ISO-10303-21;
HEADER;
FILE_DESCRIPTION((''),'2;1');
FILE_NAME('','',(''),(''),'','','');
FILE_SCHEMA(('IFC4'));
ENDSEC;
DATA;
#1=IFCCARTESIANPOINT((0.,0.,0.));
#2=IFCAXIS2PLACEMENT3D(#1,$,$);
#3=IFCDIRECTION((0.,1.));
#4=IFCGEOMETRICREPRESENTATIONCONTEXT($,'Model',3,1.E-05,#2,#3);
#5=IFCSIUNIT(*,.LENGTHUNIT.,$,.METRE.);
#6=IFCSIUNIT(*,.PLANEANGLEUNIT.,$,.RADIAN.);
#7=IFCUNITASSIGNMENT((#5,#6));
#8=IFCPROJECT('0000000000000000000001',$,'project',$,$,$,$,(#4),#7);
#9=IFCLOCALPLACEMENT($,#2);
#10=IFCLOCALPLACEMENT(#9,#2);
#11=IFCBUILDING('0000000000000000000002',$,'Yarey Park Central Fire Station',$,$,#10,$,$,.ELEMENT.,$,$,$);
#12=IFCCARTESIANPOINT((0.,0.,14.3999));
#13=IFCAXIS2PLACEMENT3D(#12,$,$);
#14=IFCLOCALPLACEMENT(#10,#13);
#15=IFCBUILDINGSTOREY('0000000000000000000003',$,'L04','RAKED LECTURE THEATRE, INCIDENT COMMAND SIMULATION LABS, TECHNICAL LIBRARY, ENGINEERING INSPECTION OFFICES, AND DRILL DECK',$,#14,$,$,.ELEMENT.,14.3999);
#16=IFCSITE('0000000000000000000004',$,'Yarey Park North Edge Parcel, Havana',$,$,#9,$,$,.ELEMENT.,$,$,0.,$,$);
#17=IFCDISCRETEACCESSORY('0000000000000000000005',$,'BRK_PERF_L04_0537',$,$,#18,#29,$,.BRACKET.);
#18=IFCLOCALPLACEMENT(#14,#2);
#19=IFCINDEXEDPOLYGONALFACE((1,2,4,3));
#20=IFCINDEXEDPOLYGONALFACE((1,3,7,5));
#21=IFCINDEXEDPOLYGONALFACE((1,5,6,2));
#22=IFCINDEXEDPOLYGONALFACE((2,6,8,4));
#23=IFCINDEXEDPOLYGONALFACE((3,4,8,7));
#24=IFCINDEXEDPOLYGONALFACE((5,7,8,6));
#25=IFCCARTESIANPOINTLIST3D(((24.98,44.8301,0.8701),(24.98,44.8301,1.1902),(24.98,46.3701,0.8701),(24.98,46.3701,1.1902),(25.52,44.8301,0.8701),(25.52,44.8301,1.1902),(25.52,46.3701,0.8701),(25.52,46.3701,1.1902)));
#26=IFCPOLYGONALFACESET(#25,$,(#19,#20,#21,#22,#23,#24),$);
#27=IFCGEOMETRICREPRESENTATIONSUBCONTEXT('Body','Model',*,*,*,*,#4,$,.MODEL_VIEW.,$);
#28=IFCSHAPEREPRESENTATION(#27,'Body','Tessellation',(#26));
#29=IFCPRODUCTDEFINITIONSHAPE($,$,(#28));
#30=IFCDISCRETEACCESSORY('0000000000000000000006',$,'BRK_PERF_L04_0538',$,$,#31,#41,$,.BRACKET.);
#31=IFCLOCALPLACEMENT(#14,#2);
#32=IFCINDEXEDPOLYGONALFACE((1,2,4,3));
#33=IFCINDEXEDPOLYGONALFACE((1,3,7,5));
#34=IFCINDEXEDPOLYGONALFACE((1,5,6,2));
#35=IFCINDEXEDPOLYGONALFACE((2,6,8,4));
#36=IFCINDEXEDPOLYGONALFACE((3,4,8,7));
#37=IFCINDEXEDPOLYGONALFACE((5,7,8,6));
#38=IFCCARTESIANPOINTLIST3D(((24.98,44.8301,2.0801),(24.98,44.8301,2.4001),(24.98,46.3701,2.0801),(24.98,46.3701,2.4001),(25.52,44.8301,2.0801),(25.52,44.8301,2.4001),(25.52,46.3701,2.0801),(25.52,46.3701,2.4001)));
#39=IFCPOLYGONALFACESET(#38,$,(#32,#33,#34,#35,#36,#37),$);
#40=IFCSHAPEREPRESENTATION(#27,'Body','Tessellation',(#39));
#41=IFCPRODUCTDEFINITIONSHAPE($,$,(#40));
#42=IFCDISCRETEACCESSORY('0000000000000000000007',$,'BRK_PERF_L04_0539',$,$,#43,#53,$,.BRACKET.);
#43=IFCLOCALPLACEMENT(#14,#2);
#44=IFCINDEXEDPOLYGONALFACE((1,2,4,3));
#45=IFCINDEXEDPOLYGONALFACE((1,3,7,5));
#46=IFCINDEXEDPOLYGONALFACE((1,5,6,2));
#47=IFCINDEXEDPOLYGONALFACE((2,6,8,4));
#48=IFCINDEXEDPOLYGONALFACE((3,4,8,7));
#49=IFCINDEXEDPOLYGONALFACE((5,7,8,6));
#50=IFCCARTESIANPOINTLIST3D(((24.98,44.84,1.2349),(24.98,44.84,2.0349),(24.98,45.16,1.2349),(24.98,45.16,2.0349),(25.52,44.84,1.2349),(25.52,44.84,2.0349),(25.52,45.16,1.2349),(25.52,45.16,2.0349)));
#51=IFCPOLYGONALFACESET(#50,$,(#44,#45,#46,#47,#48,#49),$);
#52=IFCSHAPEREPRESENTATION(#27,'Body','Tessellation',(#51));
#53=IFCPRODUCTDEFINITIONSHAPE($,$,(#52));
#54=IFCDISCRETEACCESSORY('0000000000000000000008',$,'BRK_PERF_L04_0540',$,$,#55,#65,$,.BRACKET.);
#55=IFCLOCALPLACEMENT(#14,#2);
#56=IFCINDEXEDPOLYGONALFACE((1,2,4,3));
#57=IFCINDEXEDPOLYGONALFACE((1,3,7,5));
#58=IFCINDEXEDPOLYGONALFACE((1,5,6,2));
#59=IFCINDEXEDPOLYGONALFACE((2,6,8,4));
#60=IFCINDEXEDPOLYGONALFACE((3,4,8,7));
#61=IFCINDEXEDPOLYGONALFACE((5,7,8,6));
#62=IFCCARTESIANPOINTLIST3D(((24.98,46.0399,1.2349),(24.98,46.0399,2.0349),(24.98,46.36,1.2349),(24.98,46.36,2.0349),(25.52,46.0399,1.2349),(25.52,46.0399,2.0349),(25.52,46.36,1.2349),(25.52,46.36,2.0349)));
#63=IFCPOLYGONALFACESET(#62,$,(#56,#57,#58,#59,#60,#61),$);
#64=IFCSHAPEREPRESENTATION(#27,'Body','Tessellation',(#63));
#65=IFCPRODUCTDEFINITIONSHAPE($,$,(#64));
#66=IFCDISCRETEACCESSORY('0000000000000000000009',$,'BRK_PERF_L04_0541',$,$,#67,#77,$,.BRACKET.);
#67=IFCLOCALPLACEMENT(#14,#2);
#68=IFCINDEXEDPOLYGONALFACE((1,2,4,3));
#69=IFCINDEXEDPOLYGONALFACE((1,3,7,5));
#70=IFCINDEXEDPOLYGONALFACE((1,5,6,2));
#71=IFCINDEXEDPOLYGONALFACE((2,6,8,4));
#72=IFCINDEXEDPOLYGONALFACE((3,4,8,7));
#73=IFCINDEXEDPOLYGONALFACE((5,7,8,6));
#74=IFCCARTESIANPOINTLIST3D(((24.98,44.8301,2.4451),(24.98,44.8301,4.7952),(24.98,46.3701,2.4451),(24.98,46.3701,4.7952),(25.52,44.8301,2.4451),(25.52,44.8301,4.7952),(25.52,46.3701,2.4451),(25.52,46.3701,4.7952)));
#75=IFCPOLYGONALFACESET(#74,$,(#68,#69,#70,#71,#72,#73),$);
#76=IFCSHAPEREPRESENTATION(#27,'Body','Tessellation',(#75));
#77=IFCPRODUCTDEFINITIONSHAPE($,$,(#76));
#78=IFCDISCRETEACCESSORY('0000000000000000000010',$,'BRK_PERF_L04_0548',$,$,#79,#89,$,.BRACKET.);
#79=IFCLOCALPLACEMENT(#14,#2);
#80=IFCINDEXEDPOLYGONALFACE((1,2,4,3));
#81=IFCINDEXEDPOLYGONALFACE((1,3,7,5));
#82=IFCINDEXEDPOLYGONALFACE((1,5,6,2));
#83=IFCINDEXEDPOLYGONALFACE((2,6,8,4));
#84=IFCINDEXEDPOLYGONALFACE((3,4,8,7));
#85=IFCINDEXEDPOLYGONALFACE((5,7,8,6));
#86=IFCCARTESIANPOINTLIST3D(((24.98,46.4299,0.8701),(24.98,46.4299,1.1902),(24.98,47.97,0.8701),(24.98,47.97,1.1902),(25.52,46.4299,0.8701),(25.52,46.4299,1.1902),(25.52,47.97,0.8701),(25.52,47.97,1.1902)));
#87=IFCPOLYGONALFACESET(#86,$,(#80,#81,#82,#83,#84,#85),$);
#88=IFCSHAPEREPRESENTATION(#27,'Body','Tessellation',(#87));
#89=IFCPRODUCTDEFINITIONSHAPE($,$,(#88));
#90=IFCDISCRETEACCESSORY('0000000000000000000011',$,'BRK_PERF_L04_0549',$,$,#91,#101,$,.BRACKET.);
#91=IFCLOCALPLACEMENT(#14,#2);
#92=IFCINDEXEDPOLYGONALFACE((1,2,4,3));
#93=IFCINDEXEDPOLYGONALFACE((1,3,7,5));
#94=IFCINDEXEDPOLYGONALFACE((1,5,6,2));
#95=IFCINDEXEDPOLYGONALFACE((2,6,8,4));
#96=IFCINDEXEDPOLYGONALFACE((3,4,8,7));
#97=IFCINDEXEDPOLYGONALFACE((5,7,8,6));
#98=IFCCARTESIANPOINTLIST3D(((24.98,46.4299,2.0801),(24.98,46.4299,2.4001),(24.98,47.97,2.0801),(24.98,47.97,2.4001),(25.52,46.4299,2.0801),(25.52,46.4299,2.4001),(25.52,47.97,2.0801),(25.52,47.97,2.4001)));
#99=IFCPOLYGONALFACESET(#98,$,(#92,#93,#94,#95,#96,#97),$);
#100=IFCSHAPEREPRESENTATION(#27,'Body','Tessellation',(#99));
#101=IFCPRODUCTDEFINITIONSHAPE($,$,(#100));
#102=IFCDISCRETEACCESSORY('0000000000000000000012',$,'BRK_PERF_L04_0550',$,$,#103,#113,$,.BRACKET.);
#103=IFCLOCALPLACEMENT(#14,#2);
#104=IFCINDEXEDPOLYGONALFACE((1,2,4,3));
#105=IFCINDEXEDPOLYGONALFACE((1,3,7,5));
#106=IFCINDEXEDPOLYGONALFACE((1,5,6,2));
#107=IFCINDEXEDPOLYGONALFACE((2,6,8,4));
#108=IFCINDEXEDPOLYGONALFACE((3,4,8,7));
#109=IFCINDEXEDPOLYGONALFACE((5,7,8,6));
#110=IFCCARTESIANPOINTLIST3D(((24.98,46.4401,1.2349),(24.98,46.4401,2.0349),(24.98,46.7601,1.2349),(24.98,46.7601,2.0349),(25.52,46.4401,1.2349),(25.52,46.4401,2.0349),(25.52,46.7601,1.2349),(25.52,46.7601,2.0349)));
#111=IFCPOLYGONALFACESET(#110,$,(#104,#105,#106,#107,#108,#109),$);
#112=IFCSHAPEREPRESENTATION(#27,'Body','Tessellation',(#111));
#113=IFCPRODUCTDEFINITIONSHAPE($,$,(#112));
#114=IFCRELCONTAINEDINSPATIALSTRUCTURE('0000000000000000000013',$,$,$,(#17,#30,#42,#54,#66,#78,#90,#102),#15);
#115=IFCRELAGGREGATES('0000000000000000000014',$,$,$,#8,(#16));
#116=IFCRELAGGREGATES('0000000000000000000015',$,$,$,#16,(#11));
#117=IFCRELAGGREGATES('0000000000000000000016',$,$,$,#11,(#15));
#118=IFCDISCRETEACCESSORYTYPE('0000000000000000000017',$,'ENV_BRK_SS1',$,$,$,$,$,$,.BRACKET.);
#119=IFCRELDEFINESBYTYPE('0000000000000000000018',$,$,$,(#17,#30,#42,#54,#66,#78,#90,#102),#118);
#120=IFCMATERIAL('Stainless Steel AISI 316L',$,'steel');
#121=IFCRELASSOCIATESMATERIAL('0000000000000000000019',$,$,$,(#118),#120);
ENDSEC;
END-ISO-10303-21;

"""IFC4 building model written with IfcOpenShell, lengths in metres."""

from ifc_helpers import new_model, si_unit, direction, frame, origin, origin_2d, place, context, subcontext, project, spatial, rectangle, extrude, material, type_object, element, save


model = new_model("IFC4")

# Units and contexts
model_context = context("Model", 3, precision=1e-05, world=origin(), true_north=direction((0.0, 1.0)))
body_context = subcontext(model_context, "Body", "Model", "MODEL_VIEW")
ifc_project = project(units=[si_unit("LENGTHUNIT", "METRE"), si_unit("PLANEANGLEUNIT", "RADIAN")], contexts=[model_context])

# Site, building, storey
site_placement = place(None, origin())
site = spatial("IfcSite", under=ifc_project, at=site_placement, Name="Yarey Park North Edge Parcel, Havana", CompositionType="ELEMENT", RefElevation=0.0)
building_placement = place(site_placement, origin())
building = spatial("IfcBuilding", under=site, at=building_placement, Name="Yarey Park Central Fire Station", CompositionType="ELEMENT")
storey_placement = place(building_placement, frame((0.0, 0.0, 14.3999)))
storey = spatial("IfcBuildingStorey", under=building, at=storey_placement, Name="L04", Description="RAKED LECTURE THEATRE, INCIDENT COMMAND SIMULATION LABS, TECHNICAL LIBRARY, ENGINEERING INSPECTION OFFICES, AND DRILL DECK", CompositionType="ELEMENT", Elevation=14.3999)

# Discrete accessories
ifc_material_1 = material(Name="Stainless Steel AISI 316L", Category="steel")
discrete_accessory_type = type_object("IfcDiscreteAccessoryType", Name="ENV_BRK_SS1", PredefinedType="BRACKET", material=ifc_material_1)
for number, where, z_axis, x_axis, name in (
    (1, (25.25, 45.6001, 0.8701), (0.0, 0.0, 1.0), (1.0, 0.0, 0.0), "BRK_PERF_L04_0537"),
    (2, (25.25, 45.6001, 2.0801), (0.0, 0.0, 1.0), (1.0, 0.0, 0.0), "BRK_PERF_L04_0538"),
):
    element("IfcDiscreteAccessory", number, at=place(storey_placement, frame(where, z_axis=z_axis, x_axis=x_axis)), inside=storey, type_object=discrete_accessory_type, Name=name, PredefinedType="BRACKET", context=body_context, shape_type="SweptSolid", body=[
        extrude(rectangle(XDim=0.54, YDim=1.54, at=origin_2d()), origin(), (0.0, 0.0, 1.0), 0.3201),
    ])
for number, where, z_axis, x_axis, name in (
    (3, (25.25, 45.0, 1.2349), (0.0, 0.0, 1.0), (1.0, 0.0, 0.0), "BRK_PERF_L04_0539"),
    (4, (25.25, 46.2, 1.2349), (0.0, 0.0, 1.0), (1.0, 0.0, 0.0), "BRK_PERF_L04_0540"),
):
    element("IfcDiscreteAccessory", number, at=place(storey_placement, frame(where, z_axis=z_axis, x_axis=x_axis)), inside=storey, type_object=discrete_accessory_type, Name=name, PredefinedType="BRACKET", context=body_context, shape_type="SweptSolid", body=[
        extrude(rectangle(XDim=0.54, YDim=0.3201, at=origin_2d()), origin(), (0.0, 0.0, 1.0), 0.8),
    ])
discrete_accessory_1_placement = place(storey_placement, frame((25.25, 45.6001, 2.4451), z_axis=(0.0, 0.0, 1.0), x_axis=(1.0, 0.0, 0.0)))
element("IfcDiscreteAccessory", 5, at=discrete_accessory_1_placement, inside=storey, type_object=discrete_accessory_type, Name="BRK_PERF_L04_0541", PredefinedType="BRACKET", context=body_context, shape_type="SweptSolid", body=[
    extrude(rectangle(XDim=0.54, YDim=1.54, at=origin_2d()), origin(), (0.0, 0.0, 1.0), 2.3501),
])
for number, where, z_axis, x_axis, name in (
    (6, (25.25, 47.2, 0.8701), (0.0, 0.0, 1.0), (1.0, 0.0, 0.0), "BRK_PERF_L04_0548"),
    (7, (25.25, 47.2, 2.0801), (0.0, 0.0, 1.0), (1.0, 0.0, 0.0), "BRK_PERF_L04_0549"),
):
    element("IfcDiscreteAccessory", number, at=place(storey_placement, frame(where, z_axis=z_axis, x_axis=x_axis)), inside=storey, type_object=discrete_accessory_type, Name=name, PredefinedType="BRACKET", context=body_context, shape_type="SweptSolid", body=[
        extrude(rectangle(XDim=0.54, YDim=1.54, at=origin_2d()), origin(), (0.0, 0.0, 1.0), 0.3201),
    ])
discrete_accessory_2_placement = place(storey_placement, frame((25.25, 46.6001, 1.2349), z_axis=(0.0, 0.0, 1.0), x_axis=(1.0, 0.0, 0.0)))
element("IfcDiscreteAccessory", 8, at=discrete_accessory_2_placement, inside=storey, type_object=discrete_accessory_type, Name="BRK_PERF_L04_0550", PredefinedType="BRACKET", context=body_context, shape_type="SweptSolid", body=[
    extrude(rectangle(XDim=0.54, YDim=0.3201, at=origin_2d()), origin(), (0.0, 0.0, 1.0), 0.8),
])

save(model, "model.ifc")
